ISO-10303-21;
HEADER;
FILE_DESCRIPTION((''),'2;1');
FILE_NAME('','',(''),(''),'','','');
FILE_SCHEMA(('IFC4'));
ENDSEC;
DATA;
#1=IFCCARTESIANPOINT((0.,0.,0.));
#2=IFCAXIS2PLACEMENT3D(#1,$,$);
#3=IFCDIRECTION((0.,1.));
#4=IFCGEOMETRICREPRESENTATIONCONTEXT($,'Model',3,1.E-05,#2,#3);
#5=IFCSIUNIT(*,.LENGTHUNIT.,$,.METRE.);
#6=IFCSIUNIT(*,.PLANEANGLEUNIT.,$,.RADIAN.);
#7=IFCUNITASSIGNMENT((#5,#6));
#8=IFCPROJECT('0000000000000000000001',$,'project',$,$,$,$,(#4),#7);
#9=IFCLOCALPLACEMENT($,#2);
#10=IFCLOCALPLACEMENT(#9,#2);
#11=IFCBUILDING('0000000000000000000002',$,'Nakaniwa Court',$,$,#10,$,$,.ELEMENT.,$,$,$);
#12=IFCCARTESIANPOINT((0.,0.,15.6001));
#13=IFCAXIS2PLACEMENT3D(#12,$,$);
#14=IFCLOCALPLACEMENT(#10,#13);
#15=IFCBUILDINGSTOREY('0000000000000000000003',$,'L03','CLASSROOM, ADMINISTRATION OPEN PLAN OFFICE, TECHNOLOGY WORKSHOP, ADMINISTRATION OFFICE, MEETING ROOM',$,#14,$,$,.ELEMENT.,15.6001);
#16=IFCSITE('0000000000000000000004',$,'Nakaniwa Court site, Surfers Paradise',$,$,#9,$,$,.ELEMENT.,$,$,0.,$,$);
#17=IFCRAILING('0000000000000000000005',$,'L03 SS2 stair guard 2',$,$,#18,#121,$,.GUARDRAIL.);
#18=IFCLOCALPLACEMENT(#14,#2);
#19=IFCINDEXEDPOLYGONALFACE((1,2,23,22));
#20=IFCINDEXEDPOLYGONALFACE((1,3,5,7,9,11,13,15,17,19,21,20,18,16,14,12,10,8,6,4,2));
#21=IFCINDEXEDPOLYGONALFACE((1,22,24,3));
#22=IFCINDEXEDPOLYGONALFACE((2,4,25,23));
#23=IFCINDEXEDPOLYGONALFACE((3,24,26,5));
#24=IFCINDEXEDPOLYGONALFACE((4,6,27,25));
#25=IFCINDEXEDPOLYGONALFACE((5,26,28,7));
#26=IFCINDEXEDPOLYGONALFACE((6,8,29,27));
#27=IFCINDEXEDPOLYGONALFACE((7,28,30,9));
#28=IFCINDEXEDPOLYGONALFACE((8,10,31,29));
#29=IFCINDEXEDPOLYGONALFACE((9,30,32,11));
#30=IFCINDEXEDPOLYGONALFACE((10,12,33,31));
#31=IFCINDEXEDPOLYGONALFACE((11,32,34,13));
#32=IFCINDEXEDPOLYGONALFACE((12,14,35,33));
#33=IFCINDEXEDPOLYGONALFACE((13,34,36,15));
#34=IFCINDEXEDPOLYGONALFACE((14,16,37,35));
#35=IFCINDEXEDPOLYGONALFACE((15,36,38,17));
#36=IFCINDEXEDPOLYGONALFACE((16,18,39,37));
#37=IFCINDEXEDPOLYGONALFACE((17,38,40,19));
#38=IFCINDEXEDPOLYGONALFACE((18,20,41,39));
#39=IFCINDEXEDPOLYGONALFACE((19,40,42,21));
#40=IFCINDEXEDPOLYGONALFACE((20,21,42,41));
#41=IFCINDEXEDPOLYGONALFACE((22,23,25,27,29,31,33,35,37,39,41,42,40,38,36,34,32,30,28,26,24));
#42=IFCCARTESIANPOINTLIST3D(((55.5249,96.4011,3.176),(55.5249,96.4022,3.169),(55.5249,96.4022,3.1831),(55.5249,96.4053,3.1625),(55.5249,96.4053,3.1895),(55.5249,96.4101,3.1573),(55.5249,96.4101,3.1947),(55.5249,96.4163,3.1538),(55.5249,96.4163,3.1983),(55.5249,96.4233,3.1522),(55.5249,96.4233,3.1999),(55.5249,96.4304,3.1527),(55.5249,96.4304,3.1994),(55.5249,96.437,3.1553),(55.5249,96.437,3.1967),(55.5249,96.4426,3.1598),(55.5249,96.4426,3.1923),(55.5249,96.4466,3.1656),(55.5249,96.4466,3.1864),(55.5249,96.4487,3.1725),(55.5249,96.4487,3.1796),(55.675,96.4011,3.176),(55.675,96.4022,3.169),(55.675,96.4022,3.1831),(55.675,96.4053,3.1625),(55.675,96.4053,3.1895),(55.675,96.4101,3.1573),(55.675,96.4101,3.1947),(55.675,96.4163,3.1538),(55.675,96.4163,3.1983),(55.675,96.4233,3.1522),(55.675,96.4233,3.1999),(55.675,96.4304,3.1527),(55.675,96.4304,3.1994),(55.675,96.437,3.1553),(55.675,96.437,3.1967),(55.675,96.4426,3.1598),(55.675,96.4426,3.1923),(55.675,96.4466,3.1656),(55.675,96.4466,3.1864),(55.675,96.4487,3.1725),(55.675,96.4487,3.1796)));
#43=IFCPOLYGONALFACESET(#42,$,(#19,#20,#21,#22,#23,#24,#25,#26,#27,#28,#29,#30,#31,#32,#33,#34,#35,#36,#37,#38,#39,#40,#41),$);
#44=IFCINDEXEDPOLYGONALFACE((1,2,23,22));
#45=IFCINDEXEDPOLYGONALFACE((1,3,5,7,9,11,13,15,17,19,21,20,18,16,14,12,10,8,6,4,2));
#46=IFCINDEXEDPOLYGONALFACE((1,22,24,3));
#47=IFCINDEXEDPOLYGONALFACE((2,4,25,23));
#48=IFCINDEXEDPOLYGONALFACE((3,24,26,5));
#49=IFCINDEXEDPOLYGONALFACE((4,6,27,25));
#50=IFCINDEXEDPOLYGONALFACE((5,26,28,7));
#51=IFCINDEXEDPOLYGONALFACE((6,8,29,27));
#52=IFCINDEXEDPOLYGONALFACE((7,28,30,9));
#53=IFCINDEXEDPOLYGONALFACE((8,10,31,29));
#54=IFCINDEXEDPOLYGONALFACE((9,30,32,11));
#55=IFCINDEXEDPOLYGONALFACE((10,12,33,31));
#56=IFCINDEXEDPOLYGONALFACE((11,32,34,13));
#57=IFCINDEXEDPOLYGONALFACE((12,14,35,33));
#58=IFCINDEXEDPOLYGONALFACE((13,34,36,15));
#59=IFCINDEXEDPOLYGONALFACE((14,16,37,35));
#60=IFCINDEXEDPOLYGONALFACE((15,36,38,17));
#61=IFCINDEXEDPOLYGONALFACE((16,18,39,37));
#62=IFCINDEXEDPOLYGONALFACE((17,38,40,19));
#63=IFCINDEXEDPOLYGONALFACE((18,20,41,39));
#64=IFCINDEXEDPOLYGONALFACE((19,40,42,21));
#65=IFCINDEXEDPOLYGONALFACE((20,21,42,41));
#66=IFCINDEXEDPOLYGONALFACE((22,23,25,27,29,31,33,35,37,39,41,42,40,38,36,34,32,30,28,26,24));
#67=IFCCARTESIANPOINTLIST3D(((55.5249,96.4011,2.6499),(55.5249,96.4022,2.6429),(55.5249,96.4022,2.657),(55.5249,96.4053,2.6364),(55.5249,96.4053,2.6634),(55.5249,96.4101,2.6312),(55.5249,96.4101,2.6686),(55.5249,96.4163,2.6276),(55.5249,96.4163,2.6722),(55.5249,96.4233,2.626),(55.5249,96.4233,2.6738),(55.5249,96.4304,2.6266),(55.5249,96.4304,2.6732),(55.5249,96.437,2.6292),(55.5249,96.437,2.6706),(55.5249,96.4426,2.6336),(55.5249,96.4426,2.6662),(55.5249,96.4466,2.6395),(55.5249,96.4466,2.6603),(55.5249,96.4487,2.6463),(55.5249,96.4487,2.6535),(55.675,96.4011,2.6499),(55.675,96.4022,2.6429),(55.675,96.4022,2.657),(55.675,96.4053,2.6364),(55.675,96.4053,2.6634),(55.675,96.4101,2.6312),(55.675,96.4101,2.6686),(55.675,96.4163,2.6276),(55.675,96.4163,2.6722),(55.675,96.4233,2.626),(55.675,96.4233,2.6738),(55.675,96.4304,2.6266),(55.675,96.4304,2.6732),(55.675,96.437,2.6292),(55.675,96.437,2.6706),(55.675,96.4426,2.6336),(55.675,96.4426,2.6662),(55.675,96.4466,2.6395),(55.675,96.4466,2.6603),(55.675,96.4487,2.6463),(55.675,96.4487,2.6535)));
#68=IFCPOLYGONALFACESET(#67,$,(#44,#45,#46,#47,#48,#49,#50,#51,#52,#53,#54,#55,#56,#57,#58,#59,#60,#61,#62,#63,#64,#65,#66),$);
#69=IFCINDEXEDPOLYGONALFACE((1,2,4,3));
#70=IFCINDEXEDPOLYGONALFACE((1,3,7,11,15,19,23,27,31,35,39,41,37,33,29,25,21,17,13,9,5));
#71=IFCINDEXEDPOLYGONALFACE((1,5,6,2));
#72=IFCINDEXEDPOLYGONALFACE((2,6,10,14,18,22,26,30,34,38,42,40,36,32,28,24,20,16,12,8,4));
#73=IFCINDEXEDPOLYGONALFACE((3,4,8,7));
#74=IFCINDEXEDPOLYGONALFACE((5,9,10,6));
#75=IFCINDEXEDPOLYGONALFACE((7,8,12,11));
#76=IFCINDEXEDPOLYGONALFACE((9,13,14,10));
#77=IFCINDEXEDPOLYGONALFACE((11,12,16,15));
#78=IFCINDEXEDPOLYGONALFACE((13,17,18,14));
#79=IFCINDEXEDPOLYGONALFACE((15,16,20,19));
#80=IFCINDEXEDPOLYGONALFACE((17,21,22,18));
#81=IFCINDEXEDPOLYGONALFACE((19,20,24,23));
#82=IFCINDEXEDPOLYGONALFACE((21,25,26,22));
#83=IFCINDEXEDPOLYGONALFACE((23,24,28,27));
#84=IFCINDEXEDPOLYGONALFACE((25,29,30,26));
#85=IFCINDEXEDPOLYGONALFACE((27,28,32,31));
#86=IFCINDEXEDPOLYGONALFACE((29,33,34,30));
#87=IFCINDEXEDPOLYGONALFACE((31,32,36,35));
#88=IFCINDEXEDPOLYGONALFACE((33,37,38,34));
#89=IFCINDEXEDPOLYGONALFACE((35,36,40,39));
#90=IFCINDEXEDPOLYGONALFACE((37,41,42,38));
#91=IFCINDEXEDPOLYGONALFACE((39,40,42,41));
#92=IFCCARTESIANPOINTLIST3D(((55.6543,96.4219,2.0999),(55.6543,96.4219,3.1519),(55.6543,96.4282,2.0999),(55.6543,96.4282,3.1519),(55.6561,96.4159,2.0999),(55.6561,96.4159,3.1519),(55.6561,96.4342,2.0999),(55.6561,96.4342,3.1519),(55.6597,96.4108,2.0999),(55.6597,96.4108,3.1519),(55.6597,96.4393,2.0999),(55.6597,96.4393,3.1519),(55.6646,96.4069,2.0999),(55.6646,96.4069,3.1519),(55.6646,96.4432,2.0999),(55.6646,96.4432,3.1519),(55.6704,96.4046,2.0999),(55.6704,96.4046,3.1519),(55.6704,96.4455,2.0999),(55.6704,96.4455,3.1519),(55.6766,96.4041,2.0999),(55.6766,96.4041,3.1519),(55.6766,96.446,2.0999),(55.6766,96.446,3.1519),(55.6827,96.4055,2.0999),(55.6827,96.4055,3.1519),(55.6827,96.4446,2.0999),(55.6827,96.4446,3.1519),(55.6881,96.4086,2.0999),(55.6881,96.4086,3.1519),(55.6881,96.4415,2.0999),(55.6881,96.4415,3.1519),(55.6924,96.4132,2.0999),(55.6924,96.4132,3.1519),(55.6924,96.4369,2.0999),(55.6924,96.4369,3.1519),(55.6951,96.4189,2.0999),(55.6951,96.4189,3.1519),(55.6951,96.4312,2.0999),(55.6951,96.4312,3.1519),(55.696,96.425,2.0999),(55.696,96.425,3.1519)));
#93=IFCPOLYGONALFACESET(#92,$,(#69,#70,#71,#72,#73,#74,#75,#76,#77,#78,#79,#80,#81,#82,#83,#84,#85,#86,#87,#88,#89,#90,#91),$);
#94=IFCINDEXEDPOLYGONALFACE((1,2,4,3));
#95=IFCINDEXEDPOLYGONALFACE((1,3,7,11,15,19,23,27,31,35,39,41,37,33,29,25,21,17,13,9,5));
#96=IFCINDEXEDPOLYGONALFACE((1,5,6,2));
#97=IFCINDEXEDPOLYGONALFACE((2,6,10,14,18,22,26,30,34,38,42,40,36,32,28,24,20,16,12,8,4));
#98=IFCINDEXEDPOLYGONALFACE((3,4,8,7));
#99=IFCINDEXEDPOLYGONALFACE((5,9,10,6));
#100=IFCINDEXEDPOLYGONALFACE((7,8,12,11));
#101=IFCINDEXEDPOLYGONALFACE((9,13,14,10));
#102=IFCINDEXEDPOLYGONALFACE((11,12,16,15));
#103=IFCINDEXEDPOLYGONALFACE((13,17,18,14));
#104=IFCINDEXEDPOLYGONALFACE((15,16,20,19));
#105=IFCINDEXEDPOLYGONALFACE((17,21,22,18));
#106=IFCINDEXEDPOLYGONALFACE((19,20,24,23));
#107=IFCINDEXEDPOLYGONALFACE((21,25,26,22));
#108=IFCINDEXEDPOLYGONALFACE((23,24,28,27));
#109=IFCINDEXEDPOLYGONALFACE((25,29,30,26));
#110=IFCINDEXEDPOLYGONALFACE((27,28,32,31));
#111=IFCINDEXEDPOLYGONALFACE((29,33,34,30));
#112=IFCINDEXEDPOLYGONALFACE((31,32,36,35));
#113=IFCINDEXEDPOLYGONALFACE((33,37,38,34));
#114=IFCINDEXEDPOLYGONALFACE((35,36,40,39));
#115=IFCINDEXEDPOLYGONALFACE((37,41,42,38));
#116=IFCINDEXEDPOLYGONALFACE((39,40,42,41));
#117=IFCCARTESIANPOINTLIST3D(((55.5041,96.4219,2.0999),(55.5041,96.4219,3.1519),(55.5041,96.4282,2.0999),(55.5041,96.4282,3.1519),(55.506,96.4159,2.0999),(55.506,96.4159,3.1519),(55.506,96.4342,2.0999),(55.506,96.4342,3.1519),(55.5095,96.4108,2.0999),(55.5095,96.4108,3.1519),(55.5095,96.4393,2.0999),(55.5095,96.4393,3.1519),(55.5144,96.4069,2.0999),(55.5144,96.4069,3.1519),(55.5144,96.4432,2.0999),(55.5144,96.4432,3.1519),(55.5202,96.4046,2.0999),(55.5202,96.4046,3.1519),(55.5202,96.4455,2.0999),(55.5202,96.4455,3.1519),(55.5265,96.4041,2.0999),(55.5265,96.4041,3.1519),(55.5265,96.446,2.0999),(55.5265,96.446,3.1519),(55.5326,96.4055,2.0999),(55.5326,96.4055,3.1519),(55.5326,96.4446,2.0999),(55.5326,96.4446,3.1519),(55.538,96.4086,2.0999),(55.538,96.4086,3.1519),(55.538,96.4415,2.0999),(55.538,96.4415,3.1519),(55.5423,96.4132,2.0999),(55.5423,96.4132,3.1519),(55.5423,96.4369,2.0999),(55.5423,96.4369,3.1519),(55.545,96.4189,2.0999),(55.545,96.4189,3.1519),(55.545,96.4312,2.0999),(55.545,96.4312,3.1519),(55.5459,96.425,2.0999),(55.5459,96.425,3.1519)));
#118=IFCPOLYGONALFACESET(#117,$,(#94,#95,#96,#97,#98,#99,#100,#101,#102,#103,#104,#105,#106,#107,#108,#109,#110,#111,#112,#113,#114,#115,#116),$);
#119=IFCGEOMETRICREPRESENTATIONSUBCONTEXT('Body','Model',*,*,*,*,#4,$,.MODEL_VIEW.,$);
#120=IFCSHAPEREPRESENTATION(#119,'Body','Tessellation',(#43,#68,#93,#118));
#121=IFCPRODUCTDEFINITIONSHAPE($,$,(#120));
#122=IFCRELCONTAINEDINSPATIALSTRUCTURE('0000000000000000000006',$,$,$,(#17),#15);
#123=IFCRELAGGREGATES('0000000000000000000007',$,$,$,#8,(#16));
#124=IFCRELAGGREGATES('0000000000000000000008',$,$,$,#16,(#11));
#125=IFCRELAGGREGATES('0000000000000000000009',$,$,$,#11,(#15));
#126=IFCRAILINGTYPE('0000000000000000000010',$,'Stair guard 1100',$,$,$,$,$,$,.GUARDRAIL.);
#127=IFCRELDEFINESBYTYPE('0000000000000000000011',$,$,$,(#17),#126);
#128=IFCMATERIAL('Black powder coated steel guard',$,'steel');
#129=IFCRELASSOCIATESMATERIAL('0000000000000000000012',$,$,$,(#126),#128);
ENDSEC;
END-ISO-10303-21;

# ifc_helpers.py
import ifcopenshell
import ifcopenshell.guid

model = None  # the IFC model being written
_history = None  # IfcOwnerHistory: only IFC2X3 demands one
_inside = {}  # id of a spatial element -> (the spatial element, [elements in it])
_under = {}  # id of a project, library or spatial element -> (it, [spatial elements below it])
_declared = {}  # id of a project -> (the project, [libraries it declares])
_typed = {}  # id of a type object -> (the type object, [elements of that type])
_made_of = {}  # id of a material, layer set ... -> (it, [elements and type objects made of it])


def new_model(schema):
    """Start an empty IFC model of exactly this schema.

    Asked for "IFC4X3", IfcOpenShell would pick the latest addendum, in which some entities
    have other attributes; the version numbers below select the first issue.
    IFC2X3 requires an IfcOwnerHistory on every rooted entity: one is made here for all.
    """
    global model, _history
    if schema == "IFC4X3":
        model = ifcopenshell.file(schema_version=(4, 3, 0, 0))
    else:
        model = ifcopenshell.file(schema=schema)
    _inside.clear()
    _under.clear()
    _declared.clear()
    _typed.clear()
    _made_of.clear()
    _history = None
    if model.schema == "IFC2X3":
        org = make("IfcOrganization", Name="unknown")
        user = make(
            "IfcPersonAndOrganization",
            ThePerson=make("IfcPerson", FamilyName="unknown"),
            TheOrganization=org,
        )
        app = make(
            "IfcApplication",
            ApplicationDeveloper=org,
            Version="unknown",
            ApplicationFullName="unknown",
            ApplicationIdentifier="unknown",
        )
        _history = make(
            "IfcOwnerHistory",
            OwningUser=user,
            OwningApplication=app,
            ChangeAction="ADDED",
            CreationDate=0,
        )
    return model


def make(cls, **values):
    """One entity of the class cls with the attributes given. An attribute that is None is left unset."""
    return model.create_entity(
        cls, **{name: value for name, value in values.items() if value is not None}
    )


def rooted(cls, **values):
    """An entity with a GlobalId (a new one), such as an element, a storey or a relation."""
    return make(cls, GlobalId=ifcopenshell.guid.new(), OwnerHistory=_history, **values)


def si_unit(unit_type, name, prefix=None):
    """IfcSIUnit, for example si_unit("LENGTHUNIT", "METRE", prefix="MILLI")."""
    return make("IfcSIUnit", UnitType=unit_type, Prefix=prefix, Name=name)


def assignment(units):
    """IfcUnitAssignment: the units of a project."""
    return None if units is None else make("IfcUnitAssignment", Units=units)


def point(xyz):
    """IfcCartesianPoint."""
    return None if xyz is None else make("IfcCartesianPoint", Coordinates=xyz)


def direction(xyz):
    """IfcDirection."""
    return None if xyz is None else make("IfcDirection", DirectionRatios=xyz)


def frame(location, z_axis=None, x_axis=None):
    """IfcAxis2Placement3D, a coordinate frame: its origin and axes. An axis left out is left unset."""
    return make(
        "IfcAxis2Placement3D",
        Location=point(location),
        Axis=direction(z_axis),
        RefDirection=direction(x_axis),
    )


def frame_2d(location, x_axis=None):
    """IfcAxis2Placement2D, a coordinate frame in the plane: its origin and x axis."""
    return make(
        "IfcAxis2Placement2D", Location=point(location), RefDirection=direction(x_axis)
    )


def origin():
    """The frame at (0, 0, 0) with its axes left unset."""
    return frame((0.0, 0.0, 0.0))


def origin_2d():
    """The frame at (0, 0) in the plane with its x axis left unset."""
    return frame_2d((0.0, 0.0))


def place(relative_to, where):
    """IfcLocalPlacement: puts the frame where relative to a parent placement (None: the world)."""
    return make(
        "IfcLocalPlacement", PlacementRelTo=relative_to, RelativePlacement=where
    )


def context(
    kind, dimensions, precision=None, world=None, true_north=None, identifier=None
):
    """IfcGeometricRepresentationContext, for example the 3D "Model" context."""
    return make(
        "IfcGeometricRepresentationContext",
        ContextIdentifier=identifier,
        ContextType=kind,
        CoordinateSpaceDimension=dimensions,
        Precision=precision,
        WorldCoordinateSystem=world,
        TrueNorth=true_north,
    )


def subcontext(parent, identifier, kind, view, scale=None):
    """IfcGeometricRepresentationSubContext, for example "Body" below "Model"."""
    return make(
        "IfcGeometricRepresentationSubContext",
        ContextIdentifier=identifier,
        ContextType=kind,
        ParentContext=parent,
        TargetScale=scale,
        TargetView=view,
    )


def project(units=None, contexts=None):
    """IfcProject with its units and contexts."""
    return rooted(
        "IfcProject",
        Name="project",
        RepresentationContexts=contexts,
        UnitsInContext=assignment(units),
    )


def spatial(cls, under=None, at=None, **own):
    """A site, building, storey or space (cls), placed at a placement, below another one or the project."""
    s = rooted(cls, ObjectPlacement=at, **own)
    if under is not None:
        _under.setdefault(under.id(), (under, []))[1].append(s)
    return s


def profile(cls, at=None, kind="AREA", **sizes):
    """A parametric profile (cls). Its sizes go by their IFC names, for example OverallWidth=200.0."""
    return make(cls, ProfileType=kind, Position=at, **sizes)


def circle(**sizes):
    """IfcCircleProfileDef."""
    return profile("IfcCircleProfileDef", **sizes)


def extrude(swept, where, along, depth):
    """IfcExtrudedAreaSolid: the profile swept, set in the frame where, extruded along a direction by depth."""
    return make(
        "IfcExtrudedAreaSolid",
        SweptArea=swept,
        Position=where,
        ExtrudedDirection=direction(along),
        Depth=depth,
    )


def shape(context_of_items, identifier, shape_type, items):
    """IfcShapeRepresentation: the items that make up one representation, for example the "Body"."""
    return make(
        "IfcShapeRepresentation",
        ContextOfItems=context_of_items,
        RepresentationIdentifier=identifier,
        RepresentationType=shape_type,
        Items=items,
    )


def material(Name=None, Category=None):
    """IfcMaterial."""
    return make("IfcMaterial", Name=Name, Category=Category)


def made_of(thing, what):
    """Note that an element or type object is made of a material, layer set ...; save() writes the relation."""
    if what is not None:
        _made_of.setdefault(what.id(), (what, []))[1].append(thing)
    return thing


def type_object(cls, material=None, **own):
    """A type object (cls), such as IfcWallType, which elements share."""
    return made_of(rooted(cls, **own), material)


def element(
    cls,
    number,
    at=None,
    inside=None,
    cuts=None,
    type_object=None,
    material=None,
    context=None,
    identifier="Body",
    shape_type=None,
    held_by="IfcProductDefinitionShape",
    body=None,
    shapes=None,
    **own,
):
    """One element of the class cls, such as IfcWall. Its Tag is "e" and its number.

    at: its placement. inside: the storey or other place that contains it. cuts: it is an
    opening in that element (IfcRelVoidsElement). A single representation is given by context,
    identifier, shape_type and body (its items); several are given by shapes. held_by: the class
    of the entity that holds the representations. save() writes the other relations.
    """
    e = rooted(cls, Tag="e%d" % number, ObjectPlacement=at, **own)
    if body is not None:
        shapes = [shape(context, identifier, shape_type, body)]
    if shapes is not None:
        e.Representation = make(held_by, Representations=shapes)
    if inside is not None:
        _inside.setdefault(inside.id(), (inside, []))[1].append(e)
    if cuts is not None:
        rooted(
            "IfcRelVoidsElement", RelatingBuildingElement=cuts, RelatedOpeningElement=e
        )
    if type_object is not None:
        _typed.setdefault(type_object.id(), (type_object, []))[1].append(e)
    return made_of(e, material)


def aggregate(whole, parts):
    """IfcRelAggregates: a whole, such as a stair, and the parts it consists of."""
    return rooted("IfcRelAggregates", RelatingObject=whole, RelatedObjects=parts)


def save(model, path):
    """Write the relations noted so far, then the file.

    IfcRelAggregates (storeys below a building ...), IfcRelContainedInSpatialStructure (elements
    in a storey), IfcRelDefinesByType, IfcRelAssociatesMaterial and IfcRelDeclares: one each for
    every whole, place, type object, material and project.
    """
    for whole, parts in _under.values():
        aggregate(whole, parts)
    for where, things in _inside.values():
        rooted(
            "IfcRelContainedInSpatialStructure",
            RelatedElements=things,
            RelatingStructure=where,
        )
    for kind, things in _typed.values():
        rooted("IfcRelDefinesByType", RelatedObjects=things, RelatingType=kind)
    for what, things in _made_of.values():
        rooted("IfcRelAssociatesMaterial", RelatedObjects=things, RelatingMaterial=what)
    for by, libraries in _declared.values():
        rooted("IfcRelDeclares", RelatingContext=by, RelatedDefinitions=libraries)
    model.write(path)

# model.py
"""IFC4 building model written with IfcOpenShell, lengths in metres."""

from ifc_helpers import new_model, si_unit, direction, frame, origin, origin_2d, place, context, subcontext, project, spatial, circle, extrude, material, type_object, element, save


model = new_model("IFC4")

# Units and contexts
model_context = context("Model", 3, precision=1e-05, world=origin(), true_north=direction((0.0, 1.0)))
body_context = subcontext(model_context, "Body", "Model", "MODEL_VIEW")
ifc_project = project(units=[si_unit("LENGTHUNIT", "METRE"), si_unit("PLANEANGLEUNIT", "RADIAN")], contexts=[model_context])

# Site, building, storey
site_placement = place(None, origin())
site = spatial("IfcSite", under=ifc_project, at=site_placement, Name="Nakaniwa Court site, Surfers Paradise", CompositionType="ELEMENT", RefElevation=0.0)
building_placement = place(site_placement, origin())
building = spatial("IfcBuilding", under=site, at=building_placement, Name="Nakaniwa Court", CompositionType="ELEMENT")
storey_placement = place(building_placement, frame((0.0, 0.0, 15.6001)))
storey = spatial("IfcBuildingStorey", under=building, at=storey_placement, Name="L03", Description="CLASSROOM, ADMINISTRATION OPEN PLAN OFFICE, TECHNOLOGY WORKSHOP, ADMINISTRATION OFFICE, MEETING ROOM", CompositionType="ELEMENT", Elevation=15.6001)

# Railing
ifc_material_1 = material(Name="Black powder coated steel guard", Category="steel")
railing_type = type_object("IfcRailingType", Name="Stair guard 1100", PredefinedType="GUARDRAIL", material=ifc_material_1)
railing_1_placement = place(storey_placement, frame((55.675, 96.425, 2.0999)))
element("IfcRailing", 1, at=railing_1_placement, inside=storey, type_object=railing_type, Name="L03 SS2 stair guard 2", PredefinedType="GUARDRAIL", context=body_context, shape_type="SweptSolid", body=[
    extrude(circle(Radius=0.0239, at=origin_2d()), frame((0.0, 0.0, 1.0762), z_axis=(-1.0, 0.0, 0.0), x_axis=(0.0, -1.0, 0.0)), (0.0, 0.0, 1.0), 0.1501),
    extrude(circle(Radius=0.0239, at=origin_2d()), frame((0.0, 0.0, 0.55), z_axis=(-1.0, 0.0, 0.0), x_axis=(0.0, -1.0, 0.0)), (0.0, 0.0, 1.0), 0.1501),
    extrude(circle(Radius=0.021, at=origin_2d()), origin(), (0.0, 0.0, 1.0), 1.052),
    extrude(circle(Radius=0.021, at=origin_2d()), frame((-0.1501, 0.0, 0.0)), (0.0, 0.0, 1.0), 1.052),
])

save(model, "model.ifc")
